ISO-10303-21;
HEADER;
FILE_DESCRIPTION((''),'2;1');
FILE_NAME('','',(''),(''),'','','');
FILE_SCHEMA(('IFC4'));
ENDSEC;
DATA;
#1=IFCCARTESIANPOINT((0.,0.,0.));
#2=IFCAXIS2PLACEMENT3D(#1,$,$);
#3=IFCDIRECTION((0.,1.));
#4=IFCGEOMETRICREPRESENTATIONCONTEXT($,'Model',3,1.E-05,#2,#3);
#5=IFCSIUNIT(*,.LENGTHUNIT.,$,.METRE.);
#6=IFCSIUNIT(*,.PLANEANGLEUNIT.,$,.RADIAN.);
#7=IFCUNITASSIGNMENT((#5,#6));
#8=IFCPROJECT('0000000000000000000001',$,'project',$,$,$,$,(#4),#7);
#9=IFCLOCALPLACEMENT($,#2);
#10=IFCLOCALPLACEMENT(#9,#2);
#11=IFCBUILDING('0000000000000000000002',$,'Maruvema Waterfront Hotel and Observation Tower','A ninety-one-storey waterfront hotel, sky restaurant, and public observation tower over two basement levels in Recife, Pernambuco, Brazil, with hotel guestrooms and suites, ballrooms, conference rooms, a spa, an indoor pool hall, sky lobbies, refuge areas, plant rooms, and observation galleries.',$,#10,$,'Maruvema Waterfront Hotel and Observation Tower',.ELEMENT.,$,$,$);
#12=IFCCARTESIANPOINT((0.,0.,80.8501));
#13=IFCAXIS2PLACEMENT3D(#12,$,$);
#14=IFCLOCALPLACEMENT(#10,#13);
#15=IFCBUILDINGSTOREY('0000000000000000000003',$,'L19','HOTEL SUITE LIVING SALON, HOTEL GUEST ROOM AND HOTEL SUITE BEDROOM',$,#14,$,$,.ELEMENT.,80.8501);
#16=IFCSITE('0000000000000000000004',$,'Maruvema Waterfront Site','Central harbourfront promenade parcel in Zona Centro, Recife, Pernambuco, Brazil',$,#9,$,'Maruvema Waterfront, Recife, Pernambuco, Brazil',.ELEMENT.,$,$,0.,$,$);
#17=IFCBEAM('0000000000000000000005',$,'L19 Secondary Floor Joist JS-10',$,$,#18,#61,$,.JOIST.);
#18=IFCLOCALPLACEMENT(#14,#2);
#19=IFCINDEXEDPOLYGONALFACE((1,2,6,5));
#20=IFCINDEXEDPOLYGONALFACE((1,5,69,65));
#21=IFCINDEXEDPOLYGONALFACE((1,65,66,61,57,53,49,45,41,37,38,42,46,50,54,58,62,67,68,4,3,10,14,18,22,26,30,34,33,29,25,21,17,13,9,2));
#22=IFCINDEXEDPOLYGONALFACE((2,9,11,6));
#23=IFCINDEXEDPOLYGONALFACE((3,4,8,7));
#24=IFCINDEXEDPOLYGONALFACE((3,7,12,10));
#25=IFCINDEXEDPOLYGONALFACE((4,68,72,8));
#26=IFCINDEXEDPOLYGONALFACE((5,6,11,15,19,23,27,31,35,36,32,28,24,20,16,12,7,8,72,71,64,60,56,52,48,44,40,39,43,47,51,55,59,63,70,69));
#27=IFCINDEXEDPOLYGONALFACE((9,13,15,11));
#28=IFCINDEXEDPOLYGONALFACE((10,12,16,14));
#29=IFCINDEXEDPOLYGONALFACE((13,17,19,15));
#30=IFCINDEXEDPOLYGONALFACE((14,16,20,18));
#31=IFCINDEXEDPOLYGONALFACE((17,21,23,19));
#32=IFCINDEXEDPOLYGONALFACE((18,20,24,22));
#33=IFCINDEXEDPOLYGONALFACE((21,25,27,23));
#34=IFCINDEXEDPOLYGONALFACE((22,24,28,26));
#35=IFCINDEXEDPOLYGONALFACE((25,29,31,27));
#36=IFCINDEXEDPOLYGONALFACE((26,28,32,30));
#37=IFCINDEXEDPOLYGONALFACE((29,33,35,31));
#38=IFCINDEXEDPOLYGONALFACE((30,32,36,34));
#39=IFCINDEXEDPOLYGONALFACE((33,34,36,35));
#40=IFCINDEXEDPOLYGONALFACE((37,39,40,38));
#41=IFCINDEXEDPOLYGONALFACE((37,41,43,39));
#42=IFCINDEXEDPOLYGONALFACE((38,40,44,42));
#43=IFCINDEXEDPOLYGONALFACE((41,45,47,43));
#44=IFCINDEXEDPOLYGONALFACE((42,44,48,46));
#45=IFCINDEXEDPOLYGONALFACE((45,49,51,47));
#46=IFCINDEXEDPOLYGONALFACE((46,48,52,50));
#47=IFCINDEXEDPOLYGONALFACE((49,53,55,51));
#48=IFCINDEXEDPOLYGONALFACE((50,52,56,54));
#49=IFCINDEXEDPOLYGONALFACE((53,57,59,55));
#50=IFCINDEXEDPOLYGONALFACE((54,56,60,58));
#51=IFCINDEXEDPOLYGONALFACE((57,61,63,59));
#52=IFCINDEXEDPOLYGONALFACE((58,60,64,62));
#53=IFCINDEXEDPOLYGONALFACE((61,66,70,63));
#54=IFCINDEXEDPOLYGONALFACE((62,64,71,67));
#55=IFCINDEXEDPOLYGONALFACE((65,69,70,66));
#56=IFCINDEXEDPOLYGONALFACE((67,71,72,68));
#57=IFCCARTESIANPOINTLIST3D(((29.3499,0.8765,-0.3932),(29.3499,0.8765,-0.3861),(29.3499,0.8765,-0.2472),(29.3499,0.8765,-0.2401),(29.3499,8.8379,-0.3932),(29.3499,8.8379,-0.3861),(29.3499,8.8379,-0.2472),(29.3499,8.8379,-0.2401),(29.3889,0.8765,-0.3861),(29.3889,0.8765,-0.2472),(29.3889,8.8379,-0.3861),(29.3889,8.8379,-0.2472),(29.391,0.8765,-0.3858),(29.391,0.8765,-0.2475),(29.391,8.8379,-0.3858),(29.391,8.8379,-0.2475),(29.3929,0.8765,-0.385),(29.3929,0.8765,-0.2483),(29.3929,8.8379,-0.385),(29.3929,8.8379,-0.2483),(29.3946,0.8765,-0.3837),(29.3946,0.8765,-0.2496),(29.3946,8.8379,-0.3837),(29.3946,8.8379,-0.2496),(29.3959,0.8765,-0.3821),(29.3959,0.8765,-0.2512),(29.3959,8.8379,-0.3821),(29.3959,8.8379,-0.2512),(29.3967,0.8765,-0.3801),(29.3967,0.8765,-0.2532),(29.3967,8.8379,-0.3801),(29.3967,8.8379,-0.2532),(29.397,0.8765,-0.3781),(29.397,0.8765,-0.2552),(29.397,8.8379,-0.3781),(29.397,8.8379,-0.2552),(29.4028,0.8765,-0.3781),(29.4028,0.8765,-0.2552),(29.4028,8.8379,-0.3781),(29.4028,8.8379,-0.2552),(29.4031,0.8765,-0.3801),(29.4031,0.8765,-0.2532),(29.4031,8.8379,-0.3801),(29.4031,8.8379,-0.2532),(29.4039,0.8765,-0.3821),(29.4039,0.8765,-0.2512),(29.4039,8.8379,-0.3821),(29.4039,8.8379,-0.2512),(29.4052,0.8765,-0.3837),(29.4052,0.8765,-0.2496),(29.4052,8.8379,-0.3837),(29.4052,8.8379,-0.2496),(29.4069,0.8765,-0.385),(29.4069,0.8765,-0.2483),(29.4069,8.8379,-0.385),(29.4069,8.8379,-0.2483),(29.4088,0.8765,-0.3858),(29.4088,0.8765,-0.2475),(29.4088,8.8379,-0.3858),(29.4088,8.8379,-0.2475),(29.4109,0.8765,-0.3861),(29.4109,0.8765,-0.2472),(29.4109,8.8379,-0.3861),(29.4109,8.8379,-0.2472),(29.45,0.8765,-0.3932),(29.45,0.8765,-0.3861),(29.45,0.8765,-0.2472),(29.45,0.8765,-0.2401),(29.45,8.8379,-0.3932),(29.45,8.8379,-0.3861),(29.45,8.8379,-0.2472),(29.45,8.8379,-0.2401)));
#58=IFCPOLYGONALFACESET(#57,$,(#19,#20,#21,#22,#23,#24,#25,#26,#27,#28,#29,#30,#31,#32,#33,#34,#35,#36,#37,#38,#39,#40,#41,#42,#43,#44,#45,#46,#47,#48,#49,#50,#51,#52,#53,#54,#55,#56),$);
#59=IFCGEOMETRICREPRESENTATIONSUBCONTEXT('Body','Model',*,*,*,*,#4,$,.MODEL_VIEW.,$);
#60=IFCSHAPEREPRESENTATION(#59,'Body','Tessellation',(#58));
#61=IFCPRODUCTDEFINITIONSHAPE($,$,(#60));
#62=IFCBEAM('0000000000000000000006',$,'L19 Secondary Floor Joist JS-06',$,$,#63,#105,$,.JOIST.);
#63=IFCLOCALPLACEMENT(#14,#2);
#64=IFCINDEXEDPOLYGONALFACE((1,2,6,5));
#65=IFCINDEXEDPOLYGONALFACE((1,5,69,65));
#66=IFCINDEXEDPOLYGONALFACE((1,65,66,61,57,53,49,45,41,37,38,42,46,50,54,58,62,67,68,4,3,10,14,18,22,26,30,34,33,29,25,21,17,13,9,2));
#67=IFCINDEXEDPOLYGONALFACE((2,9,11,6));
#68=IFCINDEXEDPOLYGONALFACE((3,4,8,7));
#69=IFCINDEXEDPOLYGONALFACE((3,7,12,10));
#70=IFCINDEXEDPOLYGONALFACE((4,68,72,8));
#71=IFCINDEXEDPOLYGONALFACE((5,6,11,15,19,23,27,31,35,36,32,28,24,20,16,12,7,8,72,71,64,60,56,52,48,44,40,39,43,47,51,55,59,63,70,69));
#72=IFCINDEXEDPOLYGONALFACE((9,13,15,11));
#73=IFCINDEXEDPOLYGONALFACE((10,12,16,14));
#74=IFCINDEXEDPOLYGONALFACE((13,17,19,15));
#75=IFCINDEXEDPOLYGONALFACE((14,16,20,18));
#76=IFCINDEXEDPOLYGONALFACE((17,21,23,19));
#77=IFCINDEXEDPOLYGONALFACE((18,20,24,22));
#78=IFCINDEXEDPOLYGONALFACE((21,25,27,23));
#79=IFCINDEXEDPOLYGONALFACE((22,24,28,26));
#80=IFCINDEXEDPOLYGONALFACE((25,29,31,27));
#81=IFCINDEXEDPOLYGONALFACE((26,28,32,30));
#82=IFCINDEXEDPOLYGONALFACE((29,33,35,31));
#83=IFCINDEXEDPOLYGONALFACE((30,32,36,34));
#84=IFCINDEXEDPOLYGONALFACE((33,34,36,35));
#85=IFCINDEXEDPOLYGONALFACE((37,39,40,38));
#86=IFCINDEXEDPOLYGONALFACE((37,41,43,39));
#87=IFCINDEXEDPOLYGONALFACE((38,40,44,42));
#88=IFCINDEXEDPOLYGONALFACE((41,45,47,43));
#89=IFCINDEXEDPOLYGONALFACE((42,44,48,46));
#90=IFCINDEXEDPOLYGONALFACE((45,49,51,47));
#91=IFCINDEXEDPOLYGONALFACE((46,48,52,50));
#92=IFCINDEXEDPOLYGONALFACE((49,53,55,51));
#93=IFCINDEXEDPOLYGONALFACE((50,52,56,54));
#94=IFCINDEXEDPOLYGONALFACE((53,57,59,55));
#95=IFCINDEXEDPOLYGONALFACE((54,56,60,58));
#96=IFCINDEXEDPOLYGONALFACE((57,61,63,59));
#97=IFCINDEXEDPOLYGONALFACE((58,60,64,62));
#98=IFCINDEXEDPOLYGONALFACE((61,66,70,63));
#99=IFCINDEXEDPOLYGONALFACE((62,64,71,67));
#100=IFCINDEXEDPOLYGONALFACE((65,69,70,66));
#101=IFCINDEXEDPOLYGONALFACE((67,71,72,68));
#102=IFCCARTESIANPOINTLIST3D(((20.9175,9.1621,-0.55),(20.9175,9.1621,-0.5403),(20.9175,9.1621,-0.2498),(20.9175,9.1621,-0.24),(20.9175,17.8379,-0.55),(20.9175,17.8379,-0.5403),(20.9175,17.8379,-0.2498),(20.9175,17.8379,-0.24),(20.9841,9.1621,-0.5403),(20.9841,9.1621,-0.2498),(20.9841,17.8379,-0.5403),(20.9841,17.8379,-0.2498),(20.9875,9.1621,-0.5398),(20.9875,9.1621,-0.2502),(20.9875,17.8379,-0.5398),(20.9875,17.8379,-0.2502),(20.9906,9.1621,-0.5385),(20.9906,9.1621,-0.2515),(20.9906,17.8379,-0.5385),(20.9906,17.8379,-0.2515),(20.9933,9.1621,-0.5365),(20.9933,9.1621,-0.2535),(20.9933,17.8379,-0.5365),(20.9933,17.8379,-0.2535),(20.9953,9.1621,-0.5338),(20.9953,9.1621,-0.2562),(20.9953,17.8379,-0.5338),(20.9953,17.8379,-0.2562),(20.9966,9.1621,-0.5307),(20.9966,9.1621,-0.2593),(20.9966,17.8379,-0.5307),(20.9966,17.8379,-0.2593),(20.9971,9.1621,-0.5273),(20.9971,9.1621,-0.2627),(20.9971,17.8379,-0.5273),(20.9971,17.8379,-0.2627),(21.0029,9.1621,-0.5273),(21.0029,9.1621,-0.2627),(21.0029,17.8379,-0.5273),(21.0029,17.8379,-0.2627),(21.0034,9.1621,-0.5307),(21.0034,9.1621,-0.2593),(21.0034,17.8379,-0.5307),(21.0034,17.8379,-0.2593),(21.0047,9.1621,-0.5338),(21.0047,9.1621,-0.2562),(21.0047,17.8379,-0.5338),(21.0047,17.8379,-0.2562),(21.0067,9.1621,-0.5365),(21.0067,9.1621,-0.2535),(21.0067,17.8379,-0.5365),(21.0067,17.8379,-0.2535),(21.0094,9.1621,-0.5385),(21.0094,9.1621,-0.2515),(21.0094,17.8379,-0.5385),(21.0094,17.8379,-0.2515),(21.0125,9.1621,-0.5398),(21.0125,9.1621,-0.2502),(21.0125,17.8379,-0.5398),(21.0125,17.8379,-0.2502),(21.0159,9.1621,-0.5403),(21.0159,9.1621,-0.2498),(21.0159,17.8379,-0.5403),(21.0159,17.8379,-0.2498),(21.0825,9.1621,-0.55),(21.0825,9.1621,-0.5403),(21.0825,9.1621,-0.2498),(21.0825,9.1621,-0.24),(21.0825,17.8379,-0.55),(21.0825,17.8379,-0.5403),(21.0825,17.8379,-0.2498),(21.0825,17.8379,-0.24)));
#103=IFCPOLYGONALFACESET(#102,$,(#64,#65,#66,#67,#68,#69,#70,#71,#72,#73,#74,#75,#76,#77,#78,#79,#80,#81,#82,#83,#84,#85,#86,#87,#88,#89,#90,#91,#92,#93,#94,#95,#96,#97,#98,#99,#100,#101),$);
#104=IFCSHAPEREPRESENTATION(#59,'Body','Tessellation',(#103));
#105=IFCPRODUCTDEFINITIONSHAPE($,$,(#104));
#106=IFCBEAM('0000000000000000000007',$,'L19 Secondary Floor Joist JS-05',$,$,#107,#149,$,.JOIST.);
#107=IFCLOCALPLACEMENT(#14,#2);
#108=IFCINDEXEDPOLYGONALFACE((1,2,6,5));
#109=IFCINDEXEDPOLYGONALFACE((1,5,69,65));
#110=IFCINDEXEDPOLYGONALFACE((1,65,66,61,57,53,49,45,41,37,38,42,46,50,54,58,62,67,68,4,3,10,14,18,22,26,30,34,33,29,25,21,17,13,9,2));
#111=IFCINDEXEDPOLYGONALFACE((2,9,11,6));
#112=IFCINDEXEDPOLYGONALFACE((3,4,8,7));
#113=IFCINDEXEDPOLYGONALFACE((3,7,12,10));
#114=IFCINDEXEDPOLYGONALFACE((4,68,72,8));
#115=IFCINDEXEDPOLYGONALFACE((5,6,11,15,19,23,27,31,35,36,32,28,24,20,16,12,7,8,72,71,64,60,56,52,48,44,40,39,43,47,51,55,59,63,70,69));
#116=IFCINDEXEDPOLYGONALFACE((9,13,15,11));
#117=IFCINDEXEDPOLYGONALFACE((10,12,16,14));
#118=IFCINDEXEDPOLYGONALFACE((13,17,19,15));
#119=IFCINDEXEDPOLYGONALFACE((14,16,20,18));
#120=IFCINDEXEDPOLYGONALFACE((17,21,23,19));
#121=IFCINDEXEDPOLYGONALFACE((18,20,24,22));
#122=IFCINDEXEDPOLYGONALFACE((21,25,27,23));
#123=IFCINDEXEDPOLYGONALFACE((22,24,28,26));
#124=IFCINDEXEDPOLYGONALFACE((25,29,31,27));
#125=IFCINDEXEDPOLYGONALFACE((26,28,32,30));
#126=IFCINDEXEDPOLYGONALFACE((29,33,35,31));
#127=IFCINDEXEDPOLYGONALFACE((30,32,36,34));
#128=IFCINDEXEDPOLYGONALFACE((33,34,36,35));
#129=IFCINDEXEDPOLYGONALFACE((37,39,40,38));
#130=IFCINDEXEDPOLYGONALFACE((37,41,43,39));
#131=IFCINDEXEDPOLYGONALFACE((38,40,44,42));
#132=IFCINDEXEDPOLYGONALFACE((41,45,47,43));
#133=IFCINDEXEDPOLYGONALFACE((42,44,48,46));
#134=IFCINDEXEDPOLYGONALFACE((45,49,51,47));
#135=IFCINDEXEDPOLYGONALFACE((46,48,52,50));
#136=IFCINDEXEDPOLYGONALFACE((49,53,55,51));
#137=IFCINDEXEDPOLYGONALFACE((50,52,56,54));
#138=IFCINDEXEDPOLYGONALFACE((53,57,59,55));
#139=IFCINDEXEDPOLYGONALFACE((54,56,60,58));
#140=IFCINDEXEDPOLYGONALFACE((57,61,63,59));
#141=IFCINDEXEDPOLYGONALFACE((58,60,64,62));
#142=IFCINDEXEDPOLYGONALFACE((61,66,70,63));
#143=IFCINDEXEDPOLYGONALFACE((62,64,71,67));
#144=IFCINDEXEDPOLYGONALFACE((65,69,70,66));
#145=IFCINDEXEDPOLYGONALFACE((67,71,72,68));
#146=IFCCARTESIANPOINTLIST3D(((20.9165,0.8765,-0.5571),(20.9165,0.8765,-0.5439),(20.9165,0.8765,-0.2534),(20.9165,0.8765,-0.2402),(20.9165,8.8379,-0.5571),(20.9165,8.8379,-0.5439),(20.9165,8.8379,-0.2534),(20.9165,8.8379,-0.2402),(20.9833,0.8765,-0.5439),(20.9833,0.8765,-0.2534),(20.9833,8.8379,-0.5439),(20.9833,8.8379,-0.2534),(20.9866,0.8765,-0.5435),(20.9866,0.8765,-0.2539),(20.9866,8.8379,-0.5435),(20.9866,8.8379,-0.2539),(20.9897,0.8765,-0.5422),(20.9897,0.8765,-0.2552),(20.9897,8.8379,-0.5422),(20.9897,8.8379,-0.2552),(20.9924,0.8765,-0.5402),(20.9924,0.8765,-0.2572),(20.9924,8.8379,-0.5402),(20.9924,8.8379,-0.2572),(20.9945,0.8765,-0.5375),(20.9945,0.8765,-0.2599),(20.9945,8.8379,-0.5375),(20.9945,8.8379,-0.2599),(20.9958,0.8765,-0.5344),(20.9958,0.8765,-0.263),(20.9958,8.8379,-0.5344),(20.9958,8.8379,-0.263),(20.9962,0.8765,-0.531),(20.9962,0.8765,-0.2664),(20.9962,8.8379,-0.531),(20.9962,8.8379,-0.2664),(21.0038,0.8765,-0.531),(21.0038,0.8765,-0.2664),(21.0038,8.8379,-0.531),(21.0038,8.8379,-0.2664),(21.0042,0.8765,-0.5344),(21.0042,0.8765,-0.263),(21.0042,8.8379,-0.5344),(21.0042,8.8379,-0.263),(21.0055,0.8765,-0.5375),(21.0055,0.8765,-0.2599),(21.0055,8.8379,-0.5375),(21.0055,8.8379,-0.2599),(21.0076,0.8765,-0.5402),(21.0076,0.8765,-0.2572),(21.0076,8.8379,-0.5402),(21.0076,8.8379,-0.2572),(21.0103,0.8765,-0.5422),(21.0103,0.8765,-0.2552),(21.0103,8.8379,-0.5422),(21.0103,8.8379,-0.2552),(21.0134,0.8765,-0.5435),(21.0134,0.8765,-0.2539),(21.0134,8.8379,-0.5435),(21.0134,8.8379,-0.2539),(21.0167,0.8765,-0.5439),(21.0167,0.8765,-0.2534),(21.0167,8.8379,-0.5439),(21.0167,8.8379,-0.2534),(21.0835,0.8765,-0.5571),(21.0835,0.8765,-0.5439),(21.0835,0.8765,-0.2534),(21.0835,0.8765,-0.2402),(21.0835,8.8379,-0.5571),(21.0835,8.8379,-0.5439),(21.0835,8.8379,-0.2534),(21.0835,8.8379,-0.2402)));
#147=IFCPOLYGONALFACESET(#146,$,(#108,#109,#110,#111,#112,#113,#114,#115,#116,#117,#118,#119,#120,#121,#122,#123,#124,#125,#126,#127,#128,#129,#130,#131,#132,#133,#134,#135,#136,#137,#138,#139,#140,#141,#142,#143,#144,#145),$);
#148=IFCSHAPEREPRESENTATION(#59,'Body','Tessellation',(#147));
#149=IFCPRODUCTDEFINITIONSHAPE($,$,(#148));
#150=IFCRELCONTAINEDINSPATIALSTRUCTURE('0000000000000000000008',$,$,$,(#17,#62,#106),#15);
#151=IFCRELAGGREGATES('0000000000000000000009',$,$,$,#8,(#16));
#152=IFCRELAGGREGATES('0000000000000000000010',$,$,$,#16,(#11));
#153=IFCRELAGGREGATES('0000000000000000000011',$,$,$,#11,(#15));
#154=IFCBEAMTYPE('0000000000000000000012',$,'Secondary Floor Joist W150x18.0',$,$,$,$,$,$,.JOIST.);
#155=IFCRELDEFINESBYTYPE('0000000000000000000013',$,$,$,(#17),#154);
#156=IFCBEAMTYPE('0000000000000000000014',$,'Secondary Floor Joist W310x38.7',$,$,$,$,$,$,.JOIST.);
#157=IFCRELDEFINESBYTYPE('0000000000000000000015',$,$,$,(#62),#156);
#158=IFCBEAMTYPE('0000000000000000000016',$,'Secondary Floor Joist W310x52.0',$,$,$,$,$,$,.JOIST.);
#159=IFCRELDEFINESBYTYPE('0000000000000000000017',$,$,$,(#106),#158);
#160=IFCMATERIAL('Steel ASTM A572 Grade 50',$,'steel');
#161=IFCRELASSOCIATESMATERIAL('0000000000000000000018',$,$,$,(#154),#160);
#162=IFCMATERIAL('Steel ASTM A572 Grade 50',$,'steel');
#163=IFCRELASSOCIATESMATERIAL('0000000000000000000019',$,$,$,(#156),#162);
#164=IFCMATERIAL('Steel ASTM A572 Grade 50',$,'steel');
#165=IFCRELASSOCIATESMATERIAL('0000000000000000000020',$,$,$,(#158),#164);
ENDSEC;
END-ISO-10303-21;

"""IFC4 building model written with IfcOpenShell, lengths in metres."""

from ifc_helpers import new_model, si_unit, direction, frame, origin, origin_2d, place, context, subcontext, project, spatial, i_section, extrude, material, material_profile, profile_set, type_object, element, save


model = new_model("IFC4")

# Units and contexts
model_context = context("Model", 3, precision=1e-05, world=origin(), true_north=direction((0.0, 1.0)))
body_context = subcontext(model_context, "Body", "Model", "MODEL_VIEW")
ifc_project = project(units=[si_unit("LENGTHUNIT", "METRE"), si_unit("PLANEANGLEUNIT", "RADIAN")], contexts=[model_context])

# Site, building, storey
site_placement = place(None, origin())
site = spatial("IfcSite", under=ifc_project, at=site_placement, Name="Maruvema Waterfront Site", Description="Central harbourfront promenade parcel in Zona Centro, Recife, Pernambuco, Brazil", LongName="Maruvema Waterfront, Recife, Pernambuco, Brazil", CompositionType="ELEMENT", RefElevation=0.0)
building_placement = place(site_placement, origin())
building = spatial("IfcBuilding", under=site, at=building_placement, Name="Maruvema Waterfront Hotel and Observation Tower", Description="A ninety-one-storey waterfront hotel, sky restaurant, and public observation tower over two basement levels in Recife, Pernambuco, Brazil, with hotel guestrooms and suites, ballrooms, conference rooms, a spa, an indoor pool hall, sky lobbies, refuge areas, plant rooms, and observation galleries.", LongName="Maruvema Waterfront Hotel and Observation Tower", CompositionType="ELEMENT")
storey_placement = place(building_placement, frame((0.0, 0.0, 80.8501)))
storey = spatial("IfcBuildingStorey", under=building, at=storey_placement, Name="L19", Description="HOTEL SUITE LIVING SALON, HOTEL GUEST ROOM AND HOTEL SUITE BEDROOM", CompositionType="ELEMENT", Elevation=80.8501)

# Beams
ifc_material_1 = material(Name="Steel ASTM A572 Grade 50", Category="steel")
ifc_material_profile_1 = material_profile(ifc_material_1, i_section(OverallWidth=0.1001, OverallDepth=0.1531, WebThickness=0.0059, FlangeThickness=0.0071, FilletRadius=0.0081, at=origin_2d()), Name="W150x18.0")
ifc_profile_set_1 = profile_set([ifc_material_profile_1], Name="Steel ASTM A572 Grade 50")
beam_type_1 = type_object("IfcBeamType", Name="Secondary Floor Joist W150x18.0", PredefinedType="JOIST", material=ifc_profile_set_1)
beam_1_placement = place(storey_placement, frame((29.3999, 0.8765, -0.3167), z_axis=(0.0, 1.0, 0.0), x_axis=(-1.0, 0.0, 0.0)))
element("IfcBeam", 1, at=beam_1_placement, inside=storey, type_object=beam_type_1, Name="L19 Secondary Floor Joist JS-10", PredefinedType="JOIST", context=body_context, shape_type="SweptSolid", body=[
    extrude(i_section(OverallWidth=0.1001, OverallDepth=0.1531, WebThickness=0.0059, FlangeThickness=0.0071, FilletRadius=0.0081, at=origin_2d()), origin(), (0.0, 0.0, 1.0), 7.9614),
])
ifc_material_2 = material(Name="Steel ASTM A572 Grade 50", Category="steel")
ifc_material_profile_2 = material_profile(ifc_material_2, i_section(OverallWidth=0.165, OverallDepth=0.3101, WebThickness=0.0059, FlangeThickness=0.0098, FilletRadius=0.0129, at=origin_2d()), Name="W310x38.7")
ifc_profile_set_2 = profile_set([ifc_material_profile_2], Name="Steel ASTM A572 Grade 50")
beam_type_2 = type_object("IfcBeamType", Name="Secondary Floor Joist W310x38.7", PredefinedType="JOIST", material=ifc_profile_set_2)
beam_2_placement = place(storey_placement, frame((21.0, 9.1621, -0.395), z_axis=(0.0, 1.0, 0.0), x_axis=(-1.0, 0.0, 0.0)))
element("IfcBeam", 2, at=beam_2_placement, inside=storey, type_object=beam_type_2, Name="L19 Secondary Floor Joist JS-06", PredefinedType="JOIST", context=body_context, shape_type="SweptSolid", body=[
    extrude(i_section(OverallWidth=0.165, OverallDepth=0.3101, WebThickness=0.0059, FlangeThickness=0.0098, FilletRadius=0.0129, at=origin_2d()), origin(), (0.0, 0.0, 1.0), 8.6758),
])
ifc_material_3 = material(Name="Steel ASTM A572 Grade 50", Category="steel")
ifc_material_profile_3 = material_profile(ifc_material_3, i_section(OverallWidth=0.167, OverallDepth=0.3169, WebThickness=0.0076, FlangeThickness=0.0132, FilletRadius=0.0129, at=origin_2d()), Name="W310x52.0")
ifc_profile_set_3 = profile_set([ifc_material_profile_3], Name="Steel ASTM A572 Grade 50")
beam_type_3 = type_object("IfcBeamType", Name="Secondary Floor Joist W310x52.0", PredefinedType="JOIST", material=ifc_profile_set_3)
beam_3_placement = place(storey_placement, frame((21.0, 0.8765, -0.3987), z_axis=(0.0, 1.0, 0.0), x_axis=(-1.0, 0.0, 0.0)))
element("IfcBeam", 3, at=beam_3_placement, inside=storey, type_object=beam_type_3, Name="L19 Secondary Floor Joist JS-05", PredefinedType="JOIST", context=body_context, shape_type="SweptSolid", body=[
    extrude(i_section(OverallWidth=0.167, OverallDepth=0.3169, WebThickness=0.0076, FlangeThickness=0.0132, FilletRadius=0.0129, at=origin_2d()), origin(), (0.0, 0.0, 1.0), 7.9614),
])

save(model, "model.ifc")
